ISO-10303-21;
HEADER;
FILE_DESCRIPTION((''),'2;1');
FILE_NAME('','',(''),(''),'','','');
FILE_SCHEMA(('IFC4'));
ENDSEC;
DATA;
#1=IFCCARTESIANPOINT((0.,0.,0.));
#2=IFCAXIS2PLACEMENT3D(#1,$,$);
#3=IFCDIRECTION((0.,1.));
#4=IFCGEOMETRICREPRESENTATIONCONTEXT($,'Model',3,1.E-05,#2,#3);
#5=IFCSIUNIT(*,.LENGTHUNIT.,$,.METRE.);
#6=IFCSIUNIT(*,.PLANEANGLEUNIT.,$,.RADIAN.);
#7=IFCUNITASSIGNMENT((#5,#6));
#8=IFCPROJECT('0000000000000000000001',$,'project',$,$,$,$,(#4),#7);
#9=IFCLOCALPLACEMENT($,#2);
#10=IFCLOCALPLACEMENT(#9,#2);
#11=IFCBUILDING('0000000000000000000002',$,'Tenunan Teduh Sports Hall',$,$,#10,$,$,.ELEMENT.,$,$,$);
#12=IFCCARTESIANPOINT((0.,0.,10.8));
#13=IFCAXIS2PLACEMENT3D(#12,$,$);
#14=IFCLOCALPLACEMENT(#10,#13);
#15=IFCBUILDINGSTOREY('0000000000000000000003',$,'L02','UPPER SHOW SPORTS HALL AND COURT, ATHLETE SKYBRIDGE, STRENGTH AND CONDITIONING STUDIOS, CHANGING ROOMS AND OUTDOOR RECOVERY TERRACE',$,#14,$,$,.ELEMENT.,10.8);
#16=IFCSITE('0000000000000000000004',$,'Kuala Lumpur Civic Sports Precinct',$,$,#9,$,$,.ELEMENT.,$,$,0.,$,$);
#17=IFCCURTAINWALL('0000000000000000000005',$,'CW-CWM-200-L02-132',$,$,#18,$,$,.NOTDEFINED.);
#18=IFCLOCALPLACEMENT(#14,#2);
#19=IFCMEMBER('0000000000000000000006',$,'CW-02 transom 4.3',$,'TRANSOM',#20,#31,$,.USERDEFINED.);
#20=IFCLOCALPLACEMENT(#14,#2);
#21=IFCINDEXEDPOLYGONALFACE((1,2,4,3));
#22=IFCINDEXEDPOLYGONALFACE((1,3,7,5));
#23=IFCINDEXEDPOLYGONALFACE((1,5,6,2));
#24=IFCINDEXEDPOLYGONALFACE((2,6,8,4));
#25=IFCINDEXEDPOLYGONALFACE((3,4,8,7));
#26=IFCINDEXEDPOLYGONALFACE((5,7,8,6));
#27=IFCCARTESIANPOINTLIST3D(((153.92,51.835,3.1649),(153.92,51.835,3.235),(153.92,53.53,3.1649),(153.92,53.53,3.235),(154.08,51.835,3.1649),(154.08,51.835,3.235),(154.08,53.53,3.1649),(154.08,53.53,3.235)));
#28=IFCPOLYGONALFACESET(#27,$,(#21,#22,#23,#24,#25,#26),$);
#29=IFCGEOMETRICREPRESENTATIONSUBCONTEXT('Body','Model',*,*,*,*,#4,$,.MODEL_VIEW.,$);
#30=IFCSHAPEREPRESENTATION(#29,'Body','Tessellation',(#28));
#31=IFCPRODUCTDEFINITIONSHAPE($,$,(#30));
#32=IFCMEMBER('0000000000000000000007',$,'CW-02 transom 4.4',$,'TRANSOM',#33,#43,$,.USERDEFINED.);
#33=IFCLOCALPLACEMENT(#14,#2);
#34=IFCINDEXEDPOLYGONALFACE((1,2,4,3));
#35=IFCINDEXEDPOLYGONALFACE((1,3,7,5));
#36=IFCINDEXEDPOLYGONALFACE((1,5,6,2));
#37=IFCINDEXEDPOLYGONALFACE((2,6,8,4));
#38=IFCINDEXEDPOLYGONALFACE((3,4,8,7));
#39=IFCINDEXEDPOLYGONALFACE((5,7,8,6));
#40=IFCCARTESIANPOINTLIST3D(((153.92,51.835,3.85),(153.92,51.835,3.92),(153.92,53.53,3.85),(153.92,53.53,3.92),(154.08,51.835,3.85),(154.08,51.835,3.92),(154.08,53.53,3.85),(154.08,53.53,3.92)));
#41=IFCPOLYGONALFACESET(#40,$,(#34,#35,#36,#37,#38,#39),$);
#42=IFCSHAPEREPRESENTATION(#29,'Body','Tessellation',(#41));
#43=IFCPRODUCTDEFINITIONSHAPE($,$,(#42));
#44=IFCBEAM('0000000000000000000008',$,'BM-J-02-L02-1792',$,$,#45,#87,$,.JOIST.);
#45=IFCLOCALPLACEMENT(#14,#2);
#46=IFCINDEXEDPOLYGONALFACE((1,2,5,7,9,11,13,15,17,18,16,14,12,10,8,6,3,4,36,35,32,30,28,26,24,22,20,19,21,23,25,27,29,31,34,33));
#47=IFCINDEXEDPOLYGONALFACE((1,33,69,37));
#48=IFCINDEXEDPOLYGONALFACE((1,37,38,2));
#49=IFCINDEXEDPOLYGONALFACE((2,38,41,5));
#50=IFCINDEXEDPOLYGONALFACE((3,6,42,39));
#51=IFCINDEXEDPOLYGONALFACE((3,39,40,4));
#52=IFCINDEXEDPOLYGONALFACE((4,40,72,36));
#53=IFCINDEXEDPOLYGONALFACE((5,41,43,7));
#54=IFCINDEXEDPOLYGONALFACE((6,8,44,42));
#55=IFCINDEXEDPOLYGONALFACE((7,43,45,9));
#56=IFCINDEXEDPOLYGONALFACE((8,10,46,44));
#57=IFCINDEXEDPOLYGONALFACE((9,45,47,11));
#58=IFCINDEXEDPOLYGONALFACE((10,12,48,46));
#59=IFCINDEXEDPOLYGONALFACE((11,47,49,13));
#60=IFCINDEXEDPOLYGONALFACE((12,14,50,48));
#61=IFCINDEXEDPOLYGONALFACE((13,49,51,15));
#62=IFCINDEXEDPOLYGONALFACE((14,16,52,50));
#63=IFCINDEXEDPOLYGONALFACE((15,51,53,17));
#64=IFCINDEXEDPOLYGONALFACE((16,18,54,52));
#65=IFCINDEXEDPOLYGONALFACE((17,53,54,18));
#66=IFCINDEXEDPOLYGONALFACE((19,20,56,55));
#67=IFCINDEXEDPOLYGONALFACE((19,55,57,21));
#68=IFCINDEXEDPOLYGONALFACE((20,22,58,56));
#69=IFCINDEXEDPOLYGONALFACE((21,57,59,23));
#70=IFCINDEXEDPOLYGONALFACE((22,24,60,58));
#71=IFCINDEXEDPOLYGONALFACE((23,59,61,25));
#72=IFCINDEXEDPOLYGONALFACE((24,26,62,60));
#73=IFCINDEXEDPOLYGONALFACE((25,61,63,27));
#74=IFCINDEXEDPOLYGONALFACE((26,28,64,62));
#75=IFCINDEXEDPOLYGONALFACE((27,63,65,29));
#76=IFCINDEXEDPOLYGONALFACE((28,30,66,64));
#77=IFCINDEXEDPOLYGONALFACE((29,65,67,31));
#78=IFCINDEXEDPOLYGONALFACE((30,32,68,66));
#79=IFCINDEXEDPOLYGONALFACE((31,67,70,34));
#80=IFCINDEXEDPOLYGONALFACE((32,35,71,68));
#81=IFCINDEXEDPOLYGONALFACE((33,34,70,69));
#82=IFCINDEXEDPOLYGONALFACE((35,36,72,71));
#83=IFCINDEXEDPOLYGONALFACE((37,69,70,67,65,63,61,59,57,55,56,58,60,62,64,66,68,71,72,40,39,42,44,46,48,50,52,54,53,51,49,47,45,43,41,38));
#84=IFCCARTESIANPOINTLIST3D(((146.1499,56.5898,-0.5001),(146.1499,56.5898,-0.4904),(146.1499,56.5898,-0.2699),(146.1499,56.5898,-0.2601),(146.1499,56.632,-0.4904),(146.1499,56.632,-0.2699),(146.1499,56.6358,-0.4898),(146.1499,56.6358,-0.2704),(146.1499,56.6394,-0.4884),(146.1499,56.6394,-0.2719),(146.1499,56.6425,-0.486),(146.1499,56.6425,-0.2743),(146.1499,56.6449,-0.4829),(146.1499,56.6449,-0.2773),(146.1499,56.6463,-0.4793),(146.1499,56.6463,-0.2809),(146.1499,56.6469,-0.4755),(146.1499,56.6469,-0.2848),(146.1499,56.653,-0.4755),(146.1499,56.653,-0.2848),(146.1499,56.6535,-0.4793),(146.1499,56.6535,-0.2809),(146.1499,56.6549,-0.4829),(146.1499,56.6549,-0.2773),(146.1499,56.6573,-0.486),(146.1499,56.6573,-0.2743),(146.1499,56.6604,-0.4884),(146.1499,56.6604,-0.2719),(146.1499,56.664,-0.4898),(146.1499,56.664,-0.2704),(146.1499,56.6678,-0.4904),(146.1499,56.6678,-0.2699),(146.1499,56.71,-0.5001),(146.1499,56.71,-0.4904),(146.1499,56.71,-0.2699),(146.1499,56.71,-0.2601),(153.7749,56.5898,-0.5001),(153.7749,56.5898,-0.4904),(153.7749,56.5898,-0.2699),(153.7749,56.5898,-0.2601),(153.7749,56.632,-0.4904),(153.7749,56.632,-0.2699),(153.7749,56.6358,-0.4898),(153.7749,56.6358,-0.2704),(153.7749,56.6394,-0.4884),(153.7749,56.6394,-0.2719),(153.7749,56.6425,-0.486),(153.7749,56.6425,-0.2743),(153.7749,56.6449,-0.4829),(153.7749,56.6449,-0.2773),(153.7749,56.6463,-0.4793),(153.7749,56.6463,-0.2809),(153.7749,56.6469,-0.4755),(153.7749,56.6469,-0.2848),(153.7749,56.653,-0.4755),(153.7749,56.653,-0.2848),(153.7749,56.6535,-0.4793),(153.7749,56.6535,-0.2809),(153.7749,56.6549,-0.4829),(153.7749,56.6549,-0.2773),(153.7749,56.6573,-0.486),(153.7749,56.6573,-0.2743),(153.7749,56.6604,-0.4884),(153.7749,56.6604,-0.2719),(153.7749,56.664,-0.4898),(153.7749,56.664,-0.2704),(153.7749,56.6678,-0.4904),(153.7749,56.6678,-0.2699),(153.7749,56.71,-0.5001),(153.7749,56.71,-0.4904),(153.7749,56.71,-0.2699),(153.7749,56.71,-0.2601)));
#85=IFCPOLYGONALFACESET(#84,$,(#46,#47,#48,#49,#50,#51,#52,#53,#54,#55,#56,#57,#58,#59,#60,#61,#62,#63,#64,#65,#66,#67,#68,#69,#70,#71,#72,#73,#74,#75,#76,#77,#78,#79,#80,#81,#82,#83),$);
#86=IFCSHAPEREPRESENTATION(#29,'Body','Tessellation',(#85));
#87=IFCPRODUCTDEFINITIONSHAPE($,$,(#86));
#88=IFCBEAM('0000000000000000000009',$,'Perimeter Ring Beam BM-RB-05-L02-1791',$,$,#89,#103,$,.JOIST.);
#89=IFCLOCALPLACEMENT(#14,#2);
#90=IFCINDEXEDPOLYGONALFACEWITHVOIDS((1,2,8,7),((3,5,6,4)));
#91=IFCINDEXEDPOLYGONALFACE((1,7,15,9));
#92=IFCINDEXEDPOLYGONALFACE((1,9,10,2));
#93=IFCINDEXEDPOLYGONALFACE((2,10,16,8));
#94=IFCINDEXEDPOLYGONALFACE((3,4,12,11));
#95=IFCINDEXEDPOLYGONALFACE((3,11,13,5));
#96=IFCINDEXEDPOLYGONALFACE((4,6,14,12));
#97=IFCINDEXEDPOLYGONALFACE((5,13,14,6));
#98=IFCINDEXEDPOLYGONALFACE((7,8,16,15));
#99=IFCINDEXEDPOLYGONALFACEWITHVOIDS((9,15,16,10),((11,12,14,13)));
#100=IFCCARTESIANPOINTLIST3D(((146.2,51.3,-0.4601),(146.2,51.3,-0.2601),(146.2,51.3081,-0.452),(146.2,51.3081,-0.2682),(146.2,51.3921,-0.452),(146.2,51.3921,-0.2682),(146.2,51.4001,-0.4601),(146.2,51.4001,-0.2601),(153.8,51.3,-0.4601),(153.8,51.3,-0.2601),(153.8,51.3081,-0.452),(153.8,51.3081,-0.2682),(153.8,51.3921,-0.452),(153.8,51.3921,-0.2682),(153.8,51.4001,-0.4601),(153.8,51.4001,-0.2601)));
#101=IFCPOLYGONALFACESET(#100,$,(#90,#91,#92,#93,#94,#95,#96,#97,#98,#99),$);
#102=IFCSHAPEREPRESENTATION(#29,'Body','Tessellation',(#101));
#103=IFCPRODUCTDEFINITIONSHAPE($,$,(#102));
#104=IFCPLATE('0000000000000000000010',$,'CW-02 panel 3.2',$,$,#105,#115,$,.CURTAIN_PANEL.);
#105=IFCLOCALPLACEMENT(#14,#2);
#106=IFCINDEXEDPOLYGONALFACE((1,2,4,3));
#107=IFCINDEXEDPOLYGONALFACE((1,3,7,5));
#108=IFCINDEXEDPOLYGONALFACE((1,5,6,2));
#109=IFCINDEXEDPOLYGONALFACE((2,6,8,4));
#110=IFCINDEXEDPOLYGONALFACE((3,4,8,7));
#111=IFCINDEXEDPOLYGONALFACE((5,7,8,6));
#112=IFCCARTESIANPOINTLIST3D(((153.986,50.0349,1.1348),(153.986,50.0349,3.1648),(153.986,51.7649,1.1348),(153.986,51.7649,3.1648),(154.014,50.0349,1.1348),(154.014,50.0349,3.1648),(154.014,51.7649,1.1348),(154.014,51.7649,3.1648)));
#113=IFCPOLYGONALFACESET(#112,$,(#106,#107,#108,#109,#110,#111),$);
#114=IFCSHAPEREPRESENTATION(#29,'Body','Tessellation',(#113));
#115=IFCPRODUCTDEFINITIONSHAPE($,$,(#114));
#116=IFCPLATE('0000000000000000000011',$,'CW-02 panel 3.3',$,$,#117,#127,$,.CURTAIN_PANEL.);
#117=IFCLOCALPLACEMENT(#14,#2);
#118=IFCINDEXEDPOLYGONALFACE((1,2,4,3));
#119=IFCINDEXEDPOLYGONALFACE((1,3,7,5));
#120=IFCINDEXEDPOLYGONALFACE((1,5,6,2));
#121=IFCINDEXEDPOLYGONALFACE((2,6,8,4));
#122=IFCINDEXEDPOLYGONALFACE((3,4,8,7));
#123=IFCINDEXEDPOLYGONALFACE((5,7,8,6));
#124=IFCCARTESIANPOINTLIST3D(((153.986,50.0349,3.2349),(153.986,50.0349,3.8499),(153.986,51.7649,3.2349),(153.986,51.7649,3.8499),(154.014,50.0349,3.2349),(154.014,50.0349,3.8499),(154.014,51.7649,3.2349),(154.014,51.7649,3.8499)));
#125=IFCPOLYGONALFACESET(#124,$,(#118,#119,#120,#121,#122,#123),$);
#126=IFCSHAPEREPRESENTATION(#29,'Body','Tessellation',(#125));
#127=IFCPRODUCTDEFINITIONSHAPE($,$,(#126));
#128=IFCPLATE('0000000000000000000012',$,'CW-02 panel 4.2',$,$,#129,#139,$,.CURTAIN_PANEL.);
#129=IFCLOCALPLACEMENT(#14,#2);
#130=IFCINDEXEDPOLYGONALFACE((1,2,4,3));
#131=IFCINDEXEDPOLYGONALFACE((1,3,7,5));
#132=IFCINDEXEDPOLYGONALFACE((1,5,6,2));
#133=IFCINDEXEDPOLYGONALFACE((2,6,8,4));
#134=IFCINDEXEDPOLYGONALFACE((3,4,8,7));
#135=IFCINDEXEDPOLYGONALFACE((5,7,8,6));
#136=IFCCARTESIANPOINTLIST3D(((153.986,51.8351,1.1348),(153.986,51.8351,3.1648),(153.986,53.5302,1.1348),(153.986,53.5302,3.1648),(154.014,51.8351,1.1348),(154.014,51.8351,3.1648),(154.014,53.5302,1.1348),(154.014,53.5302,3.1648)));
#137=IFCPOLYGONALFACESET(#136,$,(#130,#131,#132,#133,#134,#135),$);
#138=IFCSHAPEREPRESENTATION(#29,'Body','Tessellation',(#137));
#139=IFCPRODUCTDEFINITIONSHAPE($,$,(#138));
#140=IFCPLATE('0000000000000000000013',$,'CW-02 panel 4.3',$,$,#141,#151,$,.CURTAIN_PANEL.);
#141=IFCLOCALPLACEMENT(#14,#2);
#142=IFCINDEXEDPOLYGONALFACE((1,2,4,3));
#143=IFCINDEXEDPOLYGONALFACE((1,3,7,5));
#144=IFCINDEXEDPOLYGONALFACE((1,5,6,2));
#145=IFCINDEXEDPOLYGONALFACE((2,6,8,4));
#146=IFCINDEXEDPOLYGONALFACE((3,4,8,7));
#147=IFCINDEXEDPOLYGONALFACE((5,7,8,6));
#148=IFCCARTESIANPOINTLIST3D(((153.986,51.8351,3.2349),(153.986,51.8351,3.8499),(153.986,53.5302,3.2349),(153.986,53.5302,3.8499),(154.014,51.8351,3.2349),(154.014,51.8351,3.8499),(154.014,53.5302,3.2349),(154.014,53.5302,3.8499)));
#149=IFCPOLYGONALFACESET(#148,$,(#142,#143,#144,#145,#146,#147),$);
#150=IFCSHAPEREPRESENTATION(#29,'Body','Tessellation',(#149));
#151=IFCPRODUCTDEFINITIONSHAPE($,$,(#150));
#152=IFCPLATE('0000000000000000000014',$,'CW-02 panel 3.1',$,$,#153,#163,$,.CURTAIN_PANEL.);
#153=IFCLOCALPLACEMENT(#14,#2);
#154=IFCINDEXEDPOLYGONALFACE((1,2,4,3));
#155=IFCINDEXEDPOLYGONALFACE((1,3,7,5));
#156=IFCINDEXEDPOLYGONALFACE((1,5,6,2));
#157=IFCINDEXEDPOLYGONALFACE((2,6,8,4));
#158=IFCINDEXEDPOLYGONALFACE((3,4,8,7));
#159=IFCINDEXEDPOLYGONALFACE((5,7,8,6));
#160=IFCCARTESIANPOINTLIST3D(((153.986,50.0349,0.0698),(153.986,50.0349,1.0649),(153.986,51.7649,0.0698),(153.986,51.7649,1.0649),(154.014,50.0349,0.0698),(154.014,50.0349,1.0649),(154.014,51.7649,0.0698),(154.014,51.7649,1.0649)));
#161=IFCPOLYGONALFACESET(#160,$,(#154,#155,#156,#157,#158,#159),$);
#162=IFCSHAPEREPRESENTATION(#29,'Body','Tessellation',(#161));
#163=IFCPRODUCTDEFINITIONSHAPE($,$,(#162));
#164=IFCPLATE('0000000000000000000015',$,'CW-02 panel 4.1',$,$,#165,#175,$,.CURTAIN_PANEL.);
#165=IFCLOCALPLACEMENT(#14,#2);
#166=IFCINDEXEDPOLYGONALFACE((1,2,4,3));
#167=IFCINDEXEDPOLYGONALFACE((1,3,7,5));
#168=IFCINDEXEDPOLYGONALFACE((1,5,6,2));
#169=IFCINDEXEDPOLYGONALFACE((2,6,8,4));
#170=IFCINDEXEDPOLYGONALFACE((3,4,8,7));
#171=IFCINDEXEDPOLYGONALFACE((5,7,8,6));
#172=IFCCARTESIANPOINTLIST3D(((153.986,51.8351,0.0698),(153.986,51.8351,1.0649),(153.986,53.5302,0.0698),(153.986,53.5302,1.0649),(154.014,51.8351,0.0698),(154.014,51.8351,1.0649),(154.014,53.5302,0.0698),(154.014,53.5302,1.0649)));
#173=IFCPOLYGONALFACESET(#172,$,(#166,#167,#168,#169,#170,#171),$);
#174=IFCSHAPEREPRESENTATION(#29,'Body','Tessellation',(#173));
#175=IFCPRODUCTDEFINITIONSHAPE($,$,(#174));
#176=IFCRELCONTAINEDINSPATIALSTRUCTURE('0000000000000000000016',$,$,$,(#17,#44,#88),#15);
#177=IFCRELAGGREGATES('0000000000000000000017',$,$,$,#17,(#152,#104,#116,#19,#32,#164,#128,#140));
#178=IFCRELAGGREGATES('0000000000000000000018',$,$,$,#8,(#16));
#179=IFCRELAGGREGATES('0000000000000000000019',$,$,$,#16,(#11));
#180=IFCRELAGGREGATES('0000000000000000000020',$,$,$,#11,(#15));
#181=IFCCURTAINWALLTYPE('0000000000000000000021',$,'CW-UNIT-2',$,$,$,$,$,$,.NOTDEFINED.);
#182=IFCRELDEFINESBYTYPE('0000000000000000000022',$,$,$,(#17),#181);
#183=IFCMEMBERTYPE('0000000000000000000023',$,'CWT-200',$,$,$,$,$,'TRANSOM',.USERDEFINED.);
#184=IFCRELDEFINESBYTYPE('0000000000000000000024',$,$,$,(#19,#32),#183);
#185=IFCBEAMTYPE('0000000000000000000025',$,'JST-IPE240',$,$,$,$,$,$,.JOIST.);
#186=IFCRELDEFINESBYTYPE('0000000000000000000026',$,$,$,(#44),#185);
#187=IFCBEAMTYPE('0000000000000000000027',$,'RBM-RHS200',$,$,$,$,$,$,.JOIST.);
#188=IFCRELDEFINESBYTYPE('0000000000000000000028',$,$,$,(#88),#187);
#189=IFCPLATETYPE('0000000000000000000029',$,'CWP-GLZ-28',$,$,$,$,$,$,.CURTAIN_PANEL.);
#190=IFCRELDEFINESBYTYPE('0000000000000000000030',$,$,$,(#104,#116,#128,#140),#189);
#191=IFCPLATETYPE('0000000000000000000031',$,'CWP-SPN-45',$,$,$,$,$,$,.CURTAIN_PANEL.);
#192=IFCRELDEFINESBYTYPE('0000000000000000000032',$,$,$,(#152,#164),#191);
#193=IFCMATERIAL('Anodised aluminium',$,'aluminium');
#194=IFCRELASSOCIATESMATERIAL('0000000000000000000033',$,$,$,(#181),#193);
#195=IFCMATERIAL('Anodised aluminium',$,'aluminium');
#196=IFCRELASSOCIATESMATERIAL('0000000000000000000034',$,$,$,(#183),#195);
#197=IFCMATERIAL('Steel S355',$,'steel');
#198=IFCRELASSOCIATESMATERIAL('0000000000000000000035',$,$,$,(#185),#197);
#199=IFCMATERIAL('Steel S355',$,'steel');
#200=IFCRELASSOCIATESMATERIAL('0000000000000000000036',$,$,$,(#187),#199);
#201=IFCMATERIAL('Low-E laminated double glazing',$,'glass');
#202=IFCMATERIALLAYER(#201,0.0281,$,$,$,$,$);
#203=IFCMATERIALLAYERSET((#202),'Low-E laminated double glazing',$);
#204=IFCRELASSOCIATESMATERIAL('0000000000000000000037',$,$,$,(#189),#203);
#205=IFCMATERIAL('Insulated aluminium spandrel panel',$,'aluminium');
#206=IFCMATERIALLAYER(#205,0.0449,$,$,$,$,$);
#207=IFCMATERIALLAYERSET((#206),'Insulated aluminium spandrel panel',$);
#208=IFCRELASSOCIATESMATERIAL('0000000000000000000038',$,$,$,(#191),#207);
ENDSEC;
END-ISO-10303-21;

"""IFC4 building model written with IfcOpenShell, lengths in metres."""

from ifc_helpers import new_model, si_unit, direction, frame, origin, origin_2d, place, context, subcontext, project, spatial, rectangle, hollow_rectangle, i_section, extrude, material, layer, layer_set, material_profile, profile_set, type_object, element, aggregate, save


model = new_model("IFC4")

# Units and contexts
model_context = context("Model", 3, precision=1e-05, world=origin(), true_north=direction((0.0, 1.0)))
body_context = subcontext(model_context, "Body", "Model", "MODEL_VIEW")
ifc_project = project(units=[si_unit("LENGTHUNIT", "METRE"), si_unit("PLANEANGLEUNIT", "RADIAN")], contexts=[model_context])

# Site, building, storey
site_placement = place(None, origin())
site = spatial("IfcSite", under=ifc_project, at=site_placement, Name="Kuala Lumpur Civic Sports Precinct", CompositionType="ELEMENT", RefElevation=0.0)
building_placement = place(site_placement, origin())
building = spatial("IfcBuilding", under=site, at=building_placement, Name="Tenunan Teduh Sports Hall", CompositionType="ELEMENT")
storey_placement = place(building_placement, frame((0.0, 0.0, 10.8)))
storey = spatial("IfcBuildingStorey", under=building, at=storey_placement, Name="L02", Description="UPPER SHOW SPORTS HALL AND COURT, ATHLETE SKYBRIDGE, STRENGTH AND CONDITIONING STUDIOS, CHANGING ROOMS AND OUTDOOR RECOVERY TERRACE", CompositionType="ELEMENT", Elevation=10.8)

# Curtain wall
ifc_material_1 = material(Name="Anodised aluminium", Category="aluminium")
curtain_wall_type = type_object("IfcCurtainWallType", Name="CW-UNIT-2", PredefinedType="NOTDEFINED", material=ifc_material_1)
curtain_wall_1_placement = place(storey_placement, origin())
curtain_wall_1 = element("IfcCurtainWall", 1, at=curtain_wall_1_placement, inside=storey, type_object=curtain_wall_type, Name="CW-CWM-200-L02-132", PredefinedType="NOTDEFINED")

# Members
ifc_material_2 = material(Name="Anodised aluminium", Category="aluminium")
ifc_material_profile_1 = material_profile(ifc_material_2, rectangle(XDim=0.0701, YDim=0.1599, at=origin_2d()), Name="CWT 70x160")
ifc_profile_set_1 = profile_set([ifc_material_profile_1], Name="Anodised aluminium")
member_type_1 = type_object("IfcMemberType", Name="CWT-200", ElementType="TRANSOM", PredefinedType="USERDEFINED", material=ifc_profile_set_1)
member_1_placement = place(storey_placement, frame((154.0, 51.835, 3.2), z_axis=(0.0, 1.0, 0.0), x_axis=(0.0, 0.0, 1.0)))
member_1 = element("IfcMember", 2, at=member_1_placement, type_object=member_type_1, Name="CW-02 transom 4.3", ObjectType="TRANSOM", PredefinedType="USERDEFINED", context=body_context, shape_type="SweptSolid", body=[
    extrude(rectangle(XDim=0.0701, YDim=0.1599, at=origin_2d()), origin(), (0.0, 0.0, 1.0), 1.6951),
])
member_2_placement = place(storey_placement, frame((154.0, 51.835, 3.885), z_axis=(0.0, 1.0, 0.0), x_axis=(0.0, 0.0, 1.0)))
member_2 = element("IfcMember", 3, at=member_2_placement, type_object=member_type_1, Name="CW-02 transom 4.4", ObjectType="TRANSOM", PredefinedType="USERDEFINED", context=body_context, shape_type="SweptSolid", body=[
    extrude(rectangle(XDim=0.0701, YDim=0.1599, at=origin_2d()), origin(), (0.0, 0.0, 1.0), 1.6951),
])

# Beams
ifc_material_3 = material(Name="Steel S355", Category="steel")
ifc_material_profile_2 = material_profile(ifc_material_3, i_section(OverallWidth=0.1201, OverallDepth=0.24, WebThickness=0.0061, FlangeThickness=0.0098, FilletRadius=0.0149, at=origin_2d()), Name="IPE 240")
ifc_profile_set_2 = profile_set([ifc_material_profile_2], Name="Steel S355")
beam_type_1 = type_object("IfcBeamType", Name="JST-IPE240", PredefinedType="JOIST", material=ifc_profile_set_2)
beam_1_placement = place(storey_placement, frame((146.1499, 56.6499, -0.3801), z_axis=(1.0, 0.0, 0.0), x_axis=(0.0, 1.0, 0.0)))
element("IfcBeam", 4, at=beam_1_placement, inside=storey, type_object=beam_type_1, Name="BM-J-02-L02-1792", PredefinedType="JOIST", context=body_context, shape_type="SweptSolid", body=[
    extrude(i_section(OverallWidth=0.1201, OverallDepth=0.24, WebThickness=0.0061, FlangeThickness=0.0098, FilletRadius=0.0149, at=origin_2d()), origin(), (0.0, 0.0, 1.0), 7.625),
])
ifc_material_4 = material(Name="Steel S355", Category="steel")
ifc_material_profile_3 = material_profile(ifc_material_4, hollow_rectangle(XDim=0.1001, YDim=0.2, WallThickness=0.0081, at=origin_2d()), Name="RHS 200x100x8.0")
ifc_profile_set_3 = profile_set([ifc_material_profile_3], Name="Steel S355")
beam_type_2 = type_object("IfcBeamType", Name="RBM-RHS200", PredefinedType="JOIST", material=ifc_profile_set_3)
beam_2_placement = place(storey_placement, frame((146.2, 51.3501, -0.3601), z_axis=(1.0, 0.0, 0.0), x_axis=(0.0, 1.0, 0.0)))
element("IfcBeam", 5, at=beam_2_placement, inside=storey, type_object=beam_type_2, Name="Perimeter Ring Beam BM-RB-05-L02-1791", PredefinedType="JOIST", context=body_context, shape_type="SweptSolid", body=[
    extrude(hollow_rectangle(XDim=0.1001, YDim=0.2, WallThickness=0.0081, at=origin_2d()), origin(), (0.0, 0.0, 1.0), 7.6001),
])

# Plates
ifc_material_5 = material(Name="Low-E laminated double glazing", Category="glass")
ifc_layer_1 = layer(ifc_material_5, 0.0281)
ifc_layer_set_1 = layer_set([ifc_layer_1], Name="Low-E laminated double glazing")
plate_type_1 = type_object("IfcPlateType", Name="CWP-GLZ-28", PredefinedType="CURTAIN_PANEL", material=ifc_layer_set_1)
plate_1_placement = place(storey_placement, frame((154.0, 50.8999, 1.1348), z_axis=(0.0, 0.0, 1.0), x_axis=(0.0, 1.0, 0.0)))
plate_1 = element("IfcPlate", 6, at=plate_1_placement, type_object=plate_type_1, Name="CW-02 panel 3.2", PredefinedType="CURTAIN_PANEL", context=body_context, shape_type="SweptSolid", body=[
    extrude(rectangle(XDim=1.73, YDim=0.0281, at=origin_2d()), origin(), (0.0, 0.0, 1.0), 2.03),
])
plate_2_placement = place(storey_placement, frame((154.0, 50.8999, 3.2349), z_axis=(0.0, 0.0, 1.0), x_axis=(0.0, 1.0, 0.0)))
plate_2 = element("IfcPlate", 7, at=plate_2_placement, type_object=plate_type_1, Name="CW-02 panel 3.3", PredefinedType="CURTAIN_PANEL", context=body_context, shape_type="SweptSolid", body=[
    extrude(rectangle(XDim=1.73, YDim=0.0281, at=origin_2d()), origin(), (0.0, 0.0, 1.0), 0.615),
])
plate_3_placement = place(storey_placement, frame((154.0, 52.6826, 1.1348), z_axis=(0.0, 0.0, 1.0), x_axis=(0.0, 1.0, 0.0)))
plate_3 = element("IfcPlate", 8, at=plate_3_placement, type_object=plate_type_1, Name="CW-02 panel 4.2", PredefinedType="CURTAIN_PANEL", context=body_context, shape_type="SweptSolid", body=[
    extrude(rectangle(XDim=1.6951, YDim=0.0281, at=origin_2d()), origin(), (0.0, 0.0, 1.0), 2.03),
])
plate_4_placement = place(storey_placement, frame((154.0, 52.6826, 3.2349), z_axis=(0.0, 0.0, 1.0), x_axis=(0.0, 1.0, 0.0)))
plate_4 = element("IfcPlate", 9, at=plate_4_placement, type_object=plate_type_1, Name="CW-02 panel 4.3", PredefinedType="CURTAIN_PANEL", context=body_context, shape_type="SweptSolid", body=[
    extrude(rectangle(XDim=1.6951, YDim=0.0281, at=origin_2d()), origin(), (0.0, 0.0, 1.0), 0.615),
])
ifc_material_6 = material(Name="Insulated aluminium spandrel panel", Category="aluminium")
ifc_layer_2 = layer(ifc_material_6, 0.0449)
ifc_layer_set_2 = layer_set([ifc_layer_2], Name="Insulated aluminium spandrel panel")
plate_type_2 = type_object("IfcPlateType", Name="CWP-SPN-45", PredefinedType="CURTAIN_PANEL", material=ifc_layer_set_2)
plate_5_placement = place(storey_placement, frame((154.0, 50.8999, 0.0698), z_axis=(0.0, 0.0, 1.0), x_axis=(0.0, 1.0, 0.0)))
plate_5 = element("IfcPlate", 10, at=plate_5_placement, type_object=plate_type_2, Name="CW-02 panel 3.1", PredefinedType="CURTAIN_PANEL", context=body_context, shape_type="SweptSolid", body=[
    extrude(rectangle(XDim=1.73, YDim=0.0281, at=origin_2d()), origin(), (0.0, 0.0, 1.0), 0.9951),
])
plate_6_placement = place(storey_placement, frame((154.0, 52.6826, 0.0698), z_axis=(0.0, 0.0, 1.0), x_axis=(0.0, 1.0, 0.0)))
plate_6 = element("IfcPlate", 11, at=plate_6_placement, type_object=plate_type_2, Name="CW-02 panel 4.1", PredefinedType="CURTAIN_PANEL", context=body_context, shape_type="SweptSolid", body=[
    extrude(rectangle(XDim=1.6951, YDim=0.0281, at=origin_2d()), origin(), (0.0, 0.0, 1.0), 0.9951),
])
aggregate(curtain_wall_1, [plate_5, plate_1, plate_2, member_1, member_2, plate_6, plate_3, plate_4])

save(model, "model.ifc")
